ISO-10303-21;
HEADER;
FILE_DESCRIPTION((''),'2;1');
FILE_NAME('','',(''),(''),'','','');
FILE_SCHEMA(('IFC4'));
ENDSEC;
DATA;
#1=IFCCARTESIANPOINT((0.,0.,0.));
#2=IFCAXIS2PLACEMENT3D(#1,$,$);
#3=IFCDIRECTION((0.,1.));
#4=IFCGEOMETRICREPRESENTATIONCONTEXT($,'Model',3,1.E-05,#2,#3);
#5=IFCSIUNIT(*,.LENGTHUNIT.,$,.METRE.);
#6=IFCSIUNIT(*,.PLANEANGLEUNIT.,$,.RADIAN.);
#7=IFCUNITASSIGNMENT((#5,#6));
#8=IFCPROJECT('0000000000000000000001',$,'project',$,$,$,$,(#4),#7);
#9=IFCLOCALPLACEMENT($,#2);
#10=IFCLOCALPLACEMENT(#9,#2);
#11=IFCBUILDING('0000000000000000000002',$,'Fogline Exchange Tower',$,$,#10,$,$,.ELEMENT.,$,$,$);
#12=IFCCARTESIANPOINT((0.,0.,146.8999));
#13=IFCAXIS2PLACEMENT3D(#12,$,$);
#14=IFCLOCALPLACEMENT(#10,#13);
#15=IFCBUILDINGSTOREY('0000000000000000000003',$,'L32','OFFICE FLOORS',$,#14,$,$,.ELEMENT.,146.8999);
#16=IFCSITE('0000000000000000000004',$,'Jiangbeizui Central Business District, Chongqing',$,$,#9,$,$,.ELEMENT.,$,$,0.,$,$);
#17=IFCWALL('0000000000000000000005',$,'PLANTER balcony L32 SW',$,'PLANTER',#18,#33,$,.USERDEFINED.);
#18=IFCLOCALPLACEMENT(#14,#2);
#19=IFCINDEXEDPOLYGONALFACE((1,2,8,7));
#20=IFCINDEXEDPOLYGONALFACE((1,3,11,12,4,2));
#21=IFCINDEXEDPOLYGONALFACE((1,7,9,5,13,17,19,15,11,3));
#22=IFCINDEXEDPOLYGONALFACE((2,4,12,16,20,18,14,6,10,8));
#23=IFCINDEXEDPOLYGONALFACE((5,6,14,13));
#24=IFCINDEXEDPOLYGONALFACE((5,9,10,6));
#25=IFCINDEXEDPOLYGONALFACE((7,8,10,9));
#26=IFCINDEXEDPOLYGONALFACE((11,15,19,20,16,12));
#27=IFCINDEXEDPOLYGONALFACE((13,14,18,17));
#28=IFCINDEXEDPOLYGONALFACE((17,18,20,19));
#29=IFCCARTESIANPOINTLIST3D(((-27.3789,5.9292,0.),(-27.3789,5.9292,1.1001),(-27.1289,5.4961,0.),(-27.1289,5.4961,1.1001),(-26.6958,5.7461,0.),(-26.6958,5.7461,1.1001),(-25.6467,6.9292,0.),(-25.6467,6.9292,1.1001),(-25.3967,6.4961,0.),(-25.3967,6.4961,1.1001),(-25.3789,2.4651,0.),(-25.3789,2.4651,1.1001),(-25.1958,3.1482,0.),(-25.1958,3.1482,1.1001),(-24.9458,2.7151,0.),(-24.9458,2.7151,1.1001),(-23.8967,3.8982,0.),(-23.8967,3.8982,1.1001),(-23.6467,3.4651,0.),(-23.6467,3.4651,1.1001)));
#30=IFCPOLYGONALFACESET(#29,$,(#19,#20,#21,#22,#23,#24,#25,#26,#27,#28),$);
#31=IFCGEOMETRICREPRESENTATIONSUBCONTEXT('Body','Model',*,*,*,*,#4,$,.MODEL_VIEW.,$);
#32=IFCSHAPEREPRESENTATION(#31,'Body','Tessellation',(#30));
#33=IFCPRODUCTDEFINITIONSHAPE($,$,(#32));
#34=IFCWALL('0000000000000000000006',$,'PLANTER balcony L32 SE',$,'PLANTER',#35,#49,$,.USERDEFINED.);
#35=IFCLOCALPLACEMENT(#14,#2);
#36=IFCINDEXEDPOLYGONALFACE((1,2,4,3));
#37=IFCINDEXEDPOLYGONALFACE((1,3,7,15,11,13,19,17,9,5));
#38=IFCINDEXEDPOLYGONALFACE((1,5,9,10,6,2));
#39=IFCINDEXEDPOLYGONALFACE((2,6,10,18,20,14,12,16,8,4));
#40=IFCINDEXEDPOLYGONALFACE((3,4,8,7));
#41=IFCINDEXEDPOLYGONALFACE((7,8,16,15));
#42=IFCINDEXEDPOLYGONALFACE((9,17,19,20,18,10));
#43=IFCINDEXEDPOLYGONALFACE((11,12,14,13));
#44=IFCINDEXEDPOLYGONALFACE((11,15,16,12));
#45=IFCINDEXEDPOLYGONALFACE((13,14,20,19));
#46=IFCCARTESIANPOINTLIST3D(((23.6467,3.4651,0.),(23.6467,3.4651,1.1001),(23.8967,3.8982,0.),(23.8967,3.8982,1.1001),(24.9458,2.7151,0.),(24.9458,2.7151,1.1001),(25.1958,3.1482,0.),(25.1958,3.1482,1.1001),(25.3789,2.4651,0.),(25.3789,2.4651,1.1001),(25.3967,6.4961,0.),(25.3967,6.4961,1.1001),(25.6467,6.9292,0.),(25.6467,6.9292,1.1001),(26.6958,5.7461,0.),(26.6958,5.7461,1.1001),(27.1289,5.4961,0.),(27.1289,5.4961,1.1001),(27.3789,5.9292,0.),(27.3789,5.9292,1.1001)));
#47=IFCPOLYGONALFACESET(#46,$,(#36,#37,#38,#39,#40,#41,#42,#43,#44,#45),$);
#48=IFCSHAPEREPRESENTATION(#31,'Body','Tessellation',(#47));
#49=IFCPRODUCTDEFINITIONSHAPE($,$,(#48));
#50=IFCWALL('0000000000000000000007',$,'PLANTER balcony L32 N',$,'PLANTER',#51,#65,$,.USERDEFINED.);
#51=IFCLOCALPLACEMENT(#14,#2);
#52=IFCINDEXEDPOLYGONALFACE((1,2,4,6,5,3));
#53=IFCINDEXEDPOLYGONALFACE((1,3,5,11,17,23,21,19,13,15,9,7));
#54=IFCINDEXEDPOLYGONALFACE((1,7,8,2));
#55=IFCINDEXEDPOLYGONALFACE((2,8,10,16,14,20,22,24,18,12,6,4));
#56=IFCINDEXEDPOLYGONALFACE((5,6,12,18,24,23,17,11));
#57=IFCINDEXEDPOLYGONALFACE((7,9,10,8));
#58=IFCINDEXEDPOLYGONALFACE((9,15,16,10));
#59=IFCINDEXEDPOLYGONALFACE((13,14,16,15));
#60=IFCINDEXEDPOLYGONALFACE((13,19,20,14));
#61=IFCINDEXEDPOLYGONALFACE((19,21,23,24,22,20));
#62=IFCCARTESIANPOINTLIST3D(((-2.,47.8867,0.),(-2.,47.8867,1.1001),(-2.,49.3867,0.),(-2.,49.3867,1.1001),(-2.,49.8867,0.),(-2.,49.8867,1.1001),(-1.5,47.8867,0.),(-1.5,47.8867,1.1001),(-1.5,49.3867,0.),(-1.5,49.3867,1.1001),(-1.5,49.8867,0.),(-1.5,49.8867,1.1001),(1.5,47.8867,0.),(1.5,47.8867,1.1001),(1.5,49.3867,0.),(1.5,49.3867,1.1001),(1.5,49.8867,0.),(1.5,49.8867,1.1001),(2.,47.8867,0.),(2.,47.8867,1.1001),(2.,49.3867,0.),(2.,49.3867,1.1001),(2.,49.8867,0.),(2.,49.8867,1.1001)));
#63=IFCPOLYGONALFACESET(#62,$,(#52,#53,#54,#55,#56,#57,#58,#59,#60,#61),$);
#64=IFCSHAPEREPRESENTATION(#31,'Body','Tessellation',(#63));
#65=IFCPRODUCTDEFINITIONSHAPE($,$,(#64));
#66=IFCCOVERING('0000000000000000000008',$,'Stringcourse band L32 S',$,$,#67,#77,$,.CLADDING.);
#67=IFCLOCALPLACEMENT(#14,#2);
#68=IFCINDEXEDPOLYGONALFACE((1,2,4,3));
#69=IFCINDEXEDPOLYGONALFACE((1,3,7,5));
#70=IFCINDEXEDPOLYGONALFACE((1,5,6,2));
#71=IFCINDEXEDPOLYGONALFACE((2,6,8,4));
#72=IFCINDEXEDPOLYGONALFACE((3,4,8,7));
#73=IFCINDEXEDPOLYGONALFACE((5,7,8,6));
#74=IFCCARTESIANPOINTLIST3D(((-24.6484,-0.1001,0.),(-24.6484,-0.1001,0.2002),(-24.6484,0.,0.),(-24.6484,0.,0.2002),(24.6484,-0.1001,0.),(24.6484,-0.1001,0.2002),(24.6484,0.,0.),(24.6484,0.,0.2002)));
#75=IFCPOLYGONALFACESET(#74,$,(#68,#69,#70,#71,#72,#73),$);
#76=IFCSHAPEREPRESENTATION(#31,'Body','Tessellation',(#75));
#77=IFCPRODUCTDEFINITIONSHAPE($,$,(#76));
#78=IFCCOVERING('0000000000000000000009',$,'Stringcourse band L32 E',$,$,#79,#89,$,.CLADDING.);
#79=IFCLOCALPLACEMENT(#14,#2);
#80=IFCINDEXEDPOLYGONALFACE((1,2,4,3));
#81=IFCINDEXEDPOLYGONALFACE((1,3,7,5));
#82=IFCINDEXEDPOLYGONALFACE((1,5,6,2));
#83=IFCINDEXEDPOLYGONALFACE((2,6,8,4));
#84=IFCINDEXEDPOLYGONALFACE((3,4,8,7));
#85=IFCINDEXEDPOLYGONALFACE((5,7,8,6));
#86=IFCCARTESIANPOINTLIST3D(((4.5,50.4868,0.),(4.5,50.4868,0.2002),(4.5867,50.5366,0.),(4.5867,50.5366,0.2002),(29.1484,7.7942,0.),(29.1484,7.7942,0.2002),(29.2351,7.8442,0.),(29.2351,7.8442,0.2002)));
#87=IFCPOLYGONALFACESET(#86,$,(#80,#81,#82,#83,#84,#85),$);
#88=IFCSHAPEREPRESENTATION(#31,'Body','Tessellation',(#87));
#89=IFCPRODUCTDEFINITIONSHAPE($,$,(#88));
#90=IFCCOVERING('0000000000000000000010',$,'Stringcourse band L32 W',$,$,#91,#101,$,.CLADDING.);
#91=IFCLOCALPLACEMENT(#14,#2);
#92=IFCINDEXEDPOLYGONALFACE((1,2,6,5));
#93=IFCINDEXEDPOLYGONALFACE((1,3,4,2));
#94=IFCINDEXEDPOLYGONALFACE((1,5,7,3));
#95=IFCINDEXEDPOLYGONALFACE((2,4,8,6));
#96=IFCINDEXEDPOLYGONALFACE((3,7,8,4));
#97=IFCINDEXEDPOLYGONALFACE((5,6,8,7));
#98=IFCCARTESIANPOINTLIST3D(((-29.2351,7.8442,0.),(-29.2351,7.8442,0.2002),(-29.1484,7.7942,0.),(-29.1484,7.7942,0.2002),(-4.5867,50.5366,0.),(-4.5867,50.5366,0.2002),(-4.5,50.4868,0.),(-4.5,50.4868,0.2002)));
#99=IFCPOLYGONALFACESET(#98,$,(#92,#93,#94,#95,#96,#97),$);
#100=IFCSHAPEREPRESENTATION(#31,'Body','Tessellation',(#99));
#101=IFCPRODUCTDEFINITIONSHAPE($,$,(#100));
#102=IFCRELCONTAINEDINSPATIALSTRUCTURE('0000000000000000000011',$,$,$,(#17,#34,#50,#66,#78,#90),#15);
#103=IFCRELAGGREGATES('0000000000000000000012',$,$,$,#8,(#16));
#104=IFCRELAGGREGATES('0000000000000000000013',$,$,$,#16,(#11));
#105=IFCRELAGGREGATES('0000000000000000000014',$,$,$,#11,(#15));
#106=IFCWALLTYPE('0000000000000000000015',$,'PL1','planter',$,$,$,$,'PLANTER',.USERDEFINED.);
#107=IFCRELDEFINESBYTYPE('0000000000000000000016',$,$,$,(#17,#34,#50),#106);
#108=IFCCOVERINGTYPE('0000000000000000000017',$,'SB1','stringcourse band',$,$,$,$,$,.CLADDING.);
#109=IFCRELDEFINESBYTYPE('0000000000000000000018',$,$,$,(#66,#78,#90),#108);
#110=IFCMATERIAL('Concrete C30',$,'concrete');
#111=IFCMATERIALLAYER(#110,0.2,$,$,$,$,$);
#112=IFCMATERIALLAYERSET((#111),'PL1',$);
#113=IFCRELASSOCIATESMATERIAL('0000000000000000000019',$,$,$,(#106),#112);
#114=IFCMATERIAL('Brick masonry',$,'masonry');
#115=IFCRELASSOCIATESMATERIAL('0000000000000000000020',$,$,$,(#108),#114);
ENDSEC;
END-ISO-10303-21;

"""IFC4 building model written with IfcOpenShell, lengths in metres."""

from ifc_helpers import new_model, si_unit, direction, frame, origin, place, context, subcontext, project, spatial, polyline, outline, extrude, material, layer, layer_set, type_object, element, save


model = new_model("IFC4")

# Units and contexts
model_context = context("Model", 3, precision=1e-05, world=origin(), true_north=direction((0.0, 1.0)))
body_context = subcontext(model_context, "Body", "Model", "MODEL_VIEW")
ifc_project = project(units=[si_unit("LENGTHUNIT", "METRE"), si_unit("PLANEANGLEUNIT", "RADIAN")], contexts=[model_context])

# Site, building, storey
site_placement = place(None, origin())
site = spatial("IfcSite", under=ifc_project, at=site_placement, Name="Jiangbeizui Central Business District, Chongqing", CompositionType="ELEMENT", RefElevation=0.0)
building_placement = place(site_placement, origin())
building = spatial("IfcBuilding", under=site, at=building_placement, Name="Fogline Exchange Tower", CompositionType="ELEMENT")
storey_placement = place(building_placement, frame((0.0, 0.0, 146.8999)))
storey = spatial("IfcBuildingStorey", under=building, at=storey_placement, Name="L32", Description="OFFICE FLOORS", CompositionType="ELEMENT", Elevation=146.8999)

# Walls
ifc_material_1 = material(Name="Brick masonry", Category="masonry")
ifc_material_2 = material(Name="Concrete C30", Category="concrete")
ifc_layer_1 = layer(ifc_material_2, 0.2)
ifc_layer_set_1 = layer_set([ifc_layer_1], Name="PL1")
wall_type_1 = type_object("IfcWallType", Name="PL1", Description="planter", ElementType="PLANTER", PredefinedType="USERDEFINED", material=ifc_layer_set_1)
wall_1_placement = place(storey_placement, origin())
element("IfcWall", 1, at=wall_1_placement, inside=storey, type_object=wall_type_1, Name="PLANTER balcony L32 SW", ObjectType="PLANTER", PredefinedType="USERDEFINED", context=body_context, shape_type="SweptSolid", body=[
    extrude(outline(polyline([(-23.8967, 3.8982), (-25.1958, 3.1482), (-26.6958, 5.7461), (-25.3967, 6.4961), (-25.6467, 6.9292), (-27.3789, 5.9292), (-27.1289, 5.4961), (-25.3789, 2.4651), (-24.9458, 2.7151), (-24.9458, 2.7151), (-23.6467, 3.4651), (-23.8967, 3.8982)])), origin(), (0.0, 0.0, 1.0), 1.1001),
])
wall_2_placement = place(storey_placement, origin())
element("IfcWall", 2, at=wall_2_placement, inside=storey, type_object=wall_type_1, Name="PLANTER balcony L32 SE", ObjectType="PLANTER", PredefinedType="USERDEFINED", context=body_context, shape_type="SweptSolid", body=[
    extrude(outline(polyline([(23.6467, 3.4651), (24.9458, 2.7151), (24.9458, 2.7151), (25.3789, 2.4651), (27.1289, 5.4961), (27.3789, 5.9292), (25.6467, 6.9292), (25.3967, 6.4961), (26.6958, 5.7461), (25.1958, 3.1482), (23.8967, 3.8982), (23.6467, 3.4651)])), origin(), (0.0, 0.0, 1.0), 1.1001),
])
wall_3_placement = place(storey_placement, origin())
element("IfcWall", 3, at=wall_3_placement, inside=storey, type_object=wall_type_1, Name="PLANTER balcony L32 N", ObjectType="PLANTER", PredefinedType="USERDEFINED", context=body_context, shape_type="SweptSolid", body=[
    extrude(outline(polyline([(-1.5, 49.8867), (-2.0, 49.8867), (-2.0, 49.3867), (-2.0, 47.8867), (-1.5, 47.8867), (-1.5, 49.3867), (1.5, 49.3867), (1.5, 47.8867), (2.0, 47.8867), (2.0, 49.3867), (2.0, 49.8867), (1.5, 49.8867), (-1.5, 49.8867)])), origin(), (0.0, 0.0, 1.0), 1.1001),
])

# Coverings
covering_type = type_object("IfcCoveringType", Name="SB1", Description="stringcourse band", PredefinedType="CLADDING", material=ifc_material_1)
covering_1_placement = place(storey_placement, origin())
element("IfcCovering", 4, at=covering_1_placement, inside=storey, type_object=covering_type, Name="Stringcourse band L32 S", PredefinedType="CLADDING", context=body_context, shape_type="SweptSolid", body=[
    extrude(outline(polyline([(-24.6484, 0.0), (-24.6484, -0.1001), (24.6484, -0.1001), (24.6484, 0.0), (-24.6484, 0.0)])), origin(), (0.0, 0.0, 1.0), 0.2002),
])
covering_2_placement = place(storey_placement, origin())
element("IfcCovering", 5, at=covering_2_placement, inside=storey, type_object=covering_type, Name="Stringcourse band L32 E", PredefinedType="CLADDING", context=body_context, shape_type="SweptSolid", body=[
    extrude(outline(polyline([(29.1484, 7.7942), (29.2351, 7.8442), (4.5867, 50.5366), (4.5, 50.4868), (29.1484, 7.7942)])), origin(), (0.0, 0.0, 1.0), 0.2002),
])
covering_3_placement = place(storey_placement, origin())
element("IfcCovering", 6, at=covering_3_placement, inside=storey, type_object=covering_type, Name="Stringcourse band L32 W", PredefinedType="CLADDING", context=body_context, shape_type="SweptSolid", body=[
    extrude(outline(polyline([(-4.5, 50.4868), (-4.5867, 50.5366), (-29.2351, 7.8442), (-29.1484, 7.7942), (-4.5, 50.4868)])), origin(), (0.0, 0.0, 1.0), 0.2002),
])

save(model, "model.ifc")
